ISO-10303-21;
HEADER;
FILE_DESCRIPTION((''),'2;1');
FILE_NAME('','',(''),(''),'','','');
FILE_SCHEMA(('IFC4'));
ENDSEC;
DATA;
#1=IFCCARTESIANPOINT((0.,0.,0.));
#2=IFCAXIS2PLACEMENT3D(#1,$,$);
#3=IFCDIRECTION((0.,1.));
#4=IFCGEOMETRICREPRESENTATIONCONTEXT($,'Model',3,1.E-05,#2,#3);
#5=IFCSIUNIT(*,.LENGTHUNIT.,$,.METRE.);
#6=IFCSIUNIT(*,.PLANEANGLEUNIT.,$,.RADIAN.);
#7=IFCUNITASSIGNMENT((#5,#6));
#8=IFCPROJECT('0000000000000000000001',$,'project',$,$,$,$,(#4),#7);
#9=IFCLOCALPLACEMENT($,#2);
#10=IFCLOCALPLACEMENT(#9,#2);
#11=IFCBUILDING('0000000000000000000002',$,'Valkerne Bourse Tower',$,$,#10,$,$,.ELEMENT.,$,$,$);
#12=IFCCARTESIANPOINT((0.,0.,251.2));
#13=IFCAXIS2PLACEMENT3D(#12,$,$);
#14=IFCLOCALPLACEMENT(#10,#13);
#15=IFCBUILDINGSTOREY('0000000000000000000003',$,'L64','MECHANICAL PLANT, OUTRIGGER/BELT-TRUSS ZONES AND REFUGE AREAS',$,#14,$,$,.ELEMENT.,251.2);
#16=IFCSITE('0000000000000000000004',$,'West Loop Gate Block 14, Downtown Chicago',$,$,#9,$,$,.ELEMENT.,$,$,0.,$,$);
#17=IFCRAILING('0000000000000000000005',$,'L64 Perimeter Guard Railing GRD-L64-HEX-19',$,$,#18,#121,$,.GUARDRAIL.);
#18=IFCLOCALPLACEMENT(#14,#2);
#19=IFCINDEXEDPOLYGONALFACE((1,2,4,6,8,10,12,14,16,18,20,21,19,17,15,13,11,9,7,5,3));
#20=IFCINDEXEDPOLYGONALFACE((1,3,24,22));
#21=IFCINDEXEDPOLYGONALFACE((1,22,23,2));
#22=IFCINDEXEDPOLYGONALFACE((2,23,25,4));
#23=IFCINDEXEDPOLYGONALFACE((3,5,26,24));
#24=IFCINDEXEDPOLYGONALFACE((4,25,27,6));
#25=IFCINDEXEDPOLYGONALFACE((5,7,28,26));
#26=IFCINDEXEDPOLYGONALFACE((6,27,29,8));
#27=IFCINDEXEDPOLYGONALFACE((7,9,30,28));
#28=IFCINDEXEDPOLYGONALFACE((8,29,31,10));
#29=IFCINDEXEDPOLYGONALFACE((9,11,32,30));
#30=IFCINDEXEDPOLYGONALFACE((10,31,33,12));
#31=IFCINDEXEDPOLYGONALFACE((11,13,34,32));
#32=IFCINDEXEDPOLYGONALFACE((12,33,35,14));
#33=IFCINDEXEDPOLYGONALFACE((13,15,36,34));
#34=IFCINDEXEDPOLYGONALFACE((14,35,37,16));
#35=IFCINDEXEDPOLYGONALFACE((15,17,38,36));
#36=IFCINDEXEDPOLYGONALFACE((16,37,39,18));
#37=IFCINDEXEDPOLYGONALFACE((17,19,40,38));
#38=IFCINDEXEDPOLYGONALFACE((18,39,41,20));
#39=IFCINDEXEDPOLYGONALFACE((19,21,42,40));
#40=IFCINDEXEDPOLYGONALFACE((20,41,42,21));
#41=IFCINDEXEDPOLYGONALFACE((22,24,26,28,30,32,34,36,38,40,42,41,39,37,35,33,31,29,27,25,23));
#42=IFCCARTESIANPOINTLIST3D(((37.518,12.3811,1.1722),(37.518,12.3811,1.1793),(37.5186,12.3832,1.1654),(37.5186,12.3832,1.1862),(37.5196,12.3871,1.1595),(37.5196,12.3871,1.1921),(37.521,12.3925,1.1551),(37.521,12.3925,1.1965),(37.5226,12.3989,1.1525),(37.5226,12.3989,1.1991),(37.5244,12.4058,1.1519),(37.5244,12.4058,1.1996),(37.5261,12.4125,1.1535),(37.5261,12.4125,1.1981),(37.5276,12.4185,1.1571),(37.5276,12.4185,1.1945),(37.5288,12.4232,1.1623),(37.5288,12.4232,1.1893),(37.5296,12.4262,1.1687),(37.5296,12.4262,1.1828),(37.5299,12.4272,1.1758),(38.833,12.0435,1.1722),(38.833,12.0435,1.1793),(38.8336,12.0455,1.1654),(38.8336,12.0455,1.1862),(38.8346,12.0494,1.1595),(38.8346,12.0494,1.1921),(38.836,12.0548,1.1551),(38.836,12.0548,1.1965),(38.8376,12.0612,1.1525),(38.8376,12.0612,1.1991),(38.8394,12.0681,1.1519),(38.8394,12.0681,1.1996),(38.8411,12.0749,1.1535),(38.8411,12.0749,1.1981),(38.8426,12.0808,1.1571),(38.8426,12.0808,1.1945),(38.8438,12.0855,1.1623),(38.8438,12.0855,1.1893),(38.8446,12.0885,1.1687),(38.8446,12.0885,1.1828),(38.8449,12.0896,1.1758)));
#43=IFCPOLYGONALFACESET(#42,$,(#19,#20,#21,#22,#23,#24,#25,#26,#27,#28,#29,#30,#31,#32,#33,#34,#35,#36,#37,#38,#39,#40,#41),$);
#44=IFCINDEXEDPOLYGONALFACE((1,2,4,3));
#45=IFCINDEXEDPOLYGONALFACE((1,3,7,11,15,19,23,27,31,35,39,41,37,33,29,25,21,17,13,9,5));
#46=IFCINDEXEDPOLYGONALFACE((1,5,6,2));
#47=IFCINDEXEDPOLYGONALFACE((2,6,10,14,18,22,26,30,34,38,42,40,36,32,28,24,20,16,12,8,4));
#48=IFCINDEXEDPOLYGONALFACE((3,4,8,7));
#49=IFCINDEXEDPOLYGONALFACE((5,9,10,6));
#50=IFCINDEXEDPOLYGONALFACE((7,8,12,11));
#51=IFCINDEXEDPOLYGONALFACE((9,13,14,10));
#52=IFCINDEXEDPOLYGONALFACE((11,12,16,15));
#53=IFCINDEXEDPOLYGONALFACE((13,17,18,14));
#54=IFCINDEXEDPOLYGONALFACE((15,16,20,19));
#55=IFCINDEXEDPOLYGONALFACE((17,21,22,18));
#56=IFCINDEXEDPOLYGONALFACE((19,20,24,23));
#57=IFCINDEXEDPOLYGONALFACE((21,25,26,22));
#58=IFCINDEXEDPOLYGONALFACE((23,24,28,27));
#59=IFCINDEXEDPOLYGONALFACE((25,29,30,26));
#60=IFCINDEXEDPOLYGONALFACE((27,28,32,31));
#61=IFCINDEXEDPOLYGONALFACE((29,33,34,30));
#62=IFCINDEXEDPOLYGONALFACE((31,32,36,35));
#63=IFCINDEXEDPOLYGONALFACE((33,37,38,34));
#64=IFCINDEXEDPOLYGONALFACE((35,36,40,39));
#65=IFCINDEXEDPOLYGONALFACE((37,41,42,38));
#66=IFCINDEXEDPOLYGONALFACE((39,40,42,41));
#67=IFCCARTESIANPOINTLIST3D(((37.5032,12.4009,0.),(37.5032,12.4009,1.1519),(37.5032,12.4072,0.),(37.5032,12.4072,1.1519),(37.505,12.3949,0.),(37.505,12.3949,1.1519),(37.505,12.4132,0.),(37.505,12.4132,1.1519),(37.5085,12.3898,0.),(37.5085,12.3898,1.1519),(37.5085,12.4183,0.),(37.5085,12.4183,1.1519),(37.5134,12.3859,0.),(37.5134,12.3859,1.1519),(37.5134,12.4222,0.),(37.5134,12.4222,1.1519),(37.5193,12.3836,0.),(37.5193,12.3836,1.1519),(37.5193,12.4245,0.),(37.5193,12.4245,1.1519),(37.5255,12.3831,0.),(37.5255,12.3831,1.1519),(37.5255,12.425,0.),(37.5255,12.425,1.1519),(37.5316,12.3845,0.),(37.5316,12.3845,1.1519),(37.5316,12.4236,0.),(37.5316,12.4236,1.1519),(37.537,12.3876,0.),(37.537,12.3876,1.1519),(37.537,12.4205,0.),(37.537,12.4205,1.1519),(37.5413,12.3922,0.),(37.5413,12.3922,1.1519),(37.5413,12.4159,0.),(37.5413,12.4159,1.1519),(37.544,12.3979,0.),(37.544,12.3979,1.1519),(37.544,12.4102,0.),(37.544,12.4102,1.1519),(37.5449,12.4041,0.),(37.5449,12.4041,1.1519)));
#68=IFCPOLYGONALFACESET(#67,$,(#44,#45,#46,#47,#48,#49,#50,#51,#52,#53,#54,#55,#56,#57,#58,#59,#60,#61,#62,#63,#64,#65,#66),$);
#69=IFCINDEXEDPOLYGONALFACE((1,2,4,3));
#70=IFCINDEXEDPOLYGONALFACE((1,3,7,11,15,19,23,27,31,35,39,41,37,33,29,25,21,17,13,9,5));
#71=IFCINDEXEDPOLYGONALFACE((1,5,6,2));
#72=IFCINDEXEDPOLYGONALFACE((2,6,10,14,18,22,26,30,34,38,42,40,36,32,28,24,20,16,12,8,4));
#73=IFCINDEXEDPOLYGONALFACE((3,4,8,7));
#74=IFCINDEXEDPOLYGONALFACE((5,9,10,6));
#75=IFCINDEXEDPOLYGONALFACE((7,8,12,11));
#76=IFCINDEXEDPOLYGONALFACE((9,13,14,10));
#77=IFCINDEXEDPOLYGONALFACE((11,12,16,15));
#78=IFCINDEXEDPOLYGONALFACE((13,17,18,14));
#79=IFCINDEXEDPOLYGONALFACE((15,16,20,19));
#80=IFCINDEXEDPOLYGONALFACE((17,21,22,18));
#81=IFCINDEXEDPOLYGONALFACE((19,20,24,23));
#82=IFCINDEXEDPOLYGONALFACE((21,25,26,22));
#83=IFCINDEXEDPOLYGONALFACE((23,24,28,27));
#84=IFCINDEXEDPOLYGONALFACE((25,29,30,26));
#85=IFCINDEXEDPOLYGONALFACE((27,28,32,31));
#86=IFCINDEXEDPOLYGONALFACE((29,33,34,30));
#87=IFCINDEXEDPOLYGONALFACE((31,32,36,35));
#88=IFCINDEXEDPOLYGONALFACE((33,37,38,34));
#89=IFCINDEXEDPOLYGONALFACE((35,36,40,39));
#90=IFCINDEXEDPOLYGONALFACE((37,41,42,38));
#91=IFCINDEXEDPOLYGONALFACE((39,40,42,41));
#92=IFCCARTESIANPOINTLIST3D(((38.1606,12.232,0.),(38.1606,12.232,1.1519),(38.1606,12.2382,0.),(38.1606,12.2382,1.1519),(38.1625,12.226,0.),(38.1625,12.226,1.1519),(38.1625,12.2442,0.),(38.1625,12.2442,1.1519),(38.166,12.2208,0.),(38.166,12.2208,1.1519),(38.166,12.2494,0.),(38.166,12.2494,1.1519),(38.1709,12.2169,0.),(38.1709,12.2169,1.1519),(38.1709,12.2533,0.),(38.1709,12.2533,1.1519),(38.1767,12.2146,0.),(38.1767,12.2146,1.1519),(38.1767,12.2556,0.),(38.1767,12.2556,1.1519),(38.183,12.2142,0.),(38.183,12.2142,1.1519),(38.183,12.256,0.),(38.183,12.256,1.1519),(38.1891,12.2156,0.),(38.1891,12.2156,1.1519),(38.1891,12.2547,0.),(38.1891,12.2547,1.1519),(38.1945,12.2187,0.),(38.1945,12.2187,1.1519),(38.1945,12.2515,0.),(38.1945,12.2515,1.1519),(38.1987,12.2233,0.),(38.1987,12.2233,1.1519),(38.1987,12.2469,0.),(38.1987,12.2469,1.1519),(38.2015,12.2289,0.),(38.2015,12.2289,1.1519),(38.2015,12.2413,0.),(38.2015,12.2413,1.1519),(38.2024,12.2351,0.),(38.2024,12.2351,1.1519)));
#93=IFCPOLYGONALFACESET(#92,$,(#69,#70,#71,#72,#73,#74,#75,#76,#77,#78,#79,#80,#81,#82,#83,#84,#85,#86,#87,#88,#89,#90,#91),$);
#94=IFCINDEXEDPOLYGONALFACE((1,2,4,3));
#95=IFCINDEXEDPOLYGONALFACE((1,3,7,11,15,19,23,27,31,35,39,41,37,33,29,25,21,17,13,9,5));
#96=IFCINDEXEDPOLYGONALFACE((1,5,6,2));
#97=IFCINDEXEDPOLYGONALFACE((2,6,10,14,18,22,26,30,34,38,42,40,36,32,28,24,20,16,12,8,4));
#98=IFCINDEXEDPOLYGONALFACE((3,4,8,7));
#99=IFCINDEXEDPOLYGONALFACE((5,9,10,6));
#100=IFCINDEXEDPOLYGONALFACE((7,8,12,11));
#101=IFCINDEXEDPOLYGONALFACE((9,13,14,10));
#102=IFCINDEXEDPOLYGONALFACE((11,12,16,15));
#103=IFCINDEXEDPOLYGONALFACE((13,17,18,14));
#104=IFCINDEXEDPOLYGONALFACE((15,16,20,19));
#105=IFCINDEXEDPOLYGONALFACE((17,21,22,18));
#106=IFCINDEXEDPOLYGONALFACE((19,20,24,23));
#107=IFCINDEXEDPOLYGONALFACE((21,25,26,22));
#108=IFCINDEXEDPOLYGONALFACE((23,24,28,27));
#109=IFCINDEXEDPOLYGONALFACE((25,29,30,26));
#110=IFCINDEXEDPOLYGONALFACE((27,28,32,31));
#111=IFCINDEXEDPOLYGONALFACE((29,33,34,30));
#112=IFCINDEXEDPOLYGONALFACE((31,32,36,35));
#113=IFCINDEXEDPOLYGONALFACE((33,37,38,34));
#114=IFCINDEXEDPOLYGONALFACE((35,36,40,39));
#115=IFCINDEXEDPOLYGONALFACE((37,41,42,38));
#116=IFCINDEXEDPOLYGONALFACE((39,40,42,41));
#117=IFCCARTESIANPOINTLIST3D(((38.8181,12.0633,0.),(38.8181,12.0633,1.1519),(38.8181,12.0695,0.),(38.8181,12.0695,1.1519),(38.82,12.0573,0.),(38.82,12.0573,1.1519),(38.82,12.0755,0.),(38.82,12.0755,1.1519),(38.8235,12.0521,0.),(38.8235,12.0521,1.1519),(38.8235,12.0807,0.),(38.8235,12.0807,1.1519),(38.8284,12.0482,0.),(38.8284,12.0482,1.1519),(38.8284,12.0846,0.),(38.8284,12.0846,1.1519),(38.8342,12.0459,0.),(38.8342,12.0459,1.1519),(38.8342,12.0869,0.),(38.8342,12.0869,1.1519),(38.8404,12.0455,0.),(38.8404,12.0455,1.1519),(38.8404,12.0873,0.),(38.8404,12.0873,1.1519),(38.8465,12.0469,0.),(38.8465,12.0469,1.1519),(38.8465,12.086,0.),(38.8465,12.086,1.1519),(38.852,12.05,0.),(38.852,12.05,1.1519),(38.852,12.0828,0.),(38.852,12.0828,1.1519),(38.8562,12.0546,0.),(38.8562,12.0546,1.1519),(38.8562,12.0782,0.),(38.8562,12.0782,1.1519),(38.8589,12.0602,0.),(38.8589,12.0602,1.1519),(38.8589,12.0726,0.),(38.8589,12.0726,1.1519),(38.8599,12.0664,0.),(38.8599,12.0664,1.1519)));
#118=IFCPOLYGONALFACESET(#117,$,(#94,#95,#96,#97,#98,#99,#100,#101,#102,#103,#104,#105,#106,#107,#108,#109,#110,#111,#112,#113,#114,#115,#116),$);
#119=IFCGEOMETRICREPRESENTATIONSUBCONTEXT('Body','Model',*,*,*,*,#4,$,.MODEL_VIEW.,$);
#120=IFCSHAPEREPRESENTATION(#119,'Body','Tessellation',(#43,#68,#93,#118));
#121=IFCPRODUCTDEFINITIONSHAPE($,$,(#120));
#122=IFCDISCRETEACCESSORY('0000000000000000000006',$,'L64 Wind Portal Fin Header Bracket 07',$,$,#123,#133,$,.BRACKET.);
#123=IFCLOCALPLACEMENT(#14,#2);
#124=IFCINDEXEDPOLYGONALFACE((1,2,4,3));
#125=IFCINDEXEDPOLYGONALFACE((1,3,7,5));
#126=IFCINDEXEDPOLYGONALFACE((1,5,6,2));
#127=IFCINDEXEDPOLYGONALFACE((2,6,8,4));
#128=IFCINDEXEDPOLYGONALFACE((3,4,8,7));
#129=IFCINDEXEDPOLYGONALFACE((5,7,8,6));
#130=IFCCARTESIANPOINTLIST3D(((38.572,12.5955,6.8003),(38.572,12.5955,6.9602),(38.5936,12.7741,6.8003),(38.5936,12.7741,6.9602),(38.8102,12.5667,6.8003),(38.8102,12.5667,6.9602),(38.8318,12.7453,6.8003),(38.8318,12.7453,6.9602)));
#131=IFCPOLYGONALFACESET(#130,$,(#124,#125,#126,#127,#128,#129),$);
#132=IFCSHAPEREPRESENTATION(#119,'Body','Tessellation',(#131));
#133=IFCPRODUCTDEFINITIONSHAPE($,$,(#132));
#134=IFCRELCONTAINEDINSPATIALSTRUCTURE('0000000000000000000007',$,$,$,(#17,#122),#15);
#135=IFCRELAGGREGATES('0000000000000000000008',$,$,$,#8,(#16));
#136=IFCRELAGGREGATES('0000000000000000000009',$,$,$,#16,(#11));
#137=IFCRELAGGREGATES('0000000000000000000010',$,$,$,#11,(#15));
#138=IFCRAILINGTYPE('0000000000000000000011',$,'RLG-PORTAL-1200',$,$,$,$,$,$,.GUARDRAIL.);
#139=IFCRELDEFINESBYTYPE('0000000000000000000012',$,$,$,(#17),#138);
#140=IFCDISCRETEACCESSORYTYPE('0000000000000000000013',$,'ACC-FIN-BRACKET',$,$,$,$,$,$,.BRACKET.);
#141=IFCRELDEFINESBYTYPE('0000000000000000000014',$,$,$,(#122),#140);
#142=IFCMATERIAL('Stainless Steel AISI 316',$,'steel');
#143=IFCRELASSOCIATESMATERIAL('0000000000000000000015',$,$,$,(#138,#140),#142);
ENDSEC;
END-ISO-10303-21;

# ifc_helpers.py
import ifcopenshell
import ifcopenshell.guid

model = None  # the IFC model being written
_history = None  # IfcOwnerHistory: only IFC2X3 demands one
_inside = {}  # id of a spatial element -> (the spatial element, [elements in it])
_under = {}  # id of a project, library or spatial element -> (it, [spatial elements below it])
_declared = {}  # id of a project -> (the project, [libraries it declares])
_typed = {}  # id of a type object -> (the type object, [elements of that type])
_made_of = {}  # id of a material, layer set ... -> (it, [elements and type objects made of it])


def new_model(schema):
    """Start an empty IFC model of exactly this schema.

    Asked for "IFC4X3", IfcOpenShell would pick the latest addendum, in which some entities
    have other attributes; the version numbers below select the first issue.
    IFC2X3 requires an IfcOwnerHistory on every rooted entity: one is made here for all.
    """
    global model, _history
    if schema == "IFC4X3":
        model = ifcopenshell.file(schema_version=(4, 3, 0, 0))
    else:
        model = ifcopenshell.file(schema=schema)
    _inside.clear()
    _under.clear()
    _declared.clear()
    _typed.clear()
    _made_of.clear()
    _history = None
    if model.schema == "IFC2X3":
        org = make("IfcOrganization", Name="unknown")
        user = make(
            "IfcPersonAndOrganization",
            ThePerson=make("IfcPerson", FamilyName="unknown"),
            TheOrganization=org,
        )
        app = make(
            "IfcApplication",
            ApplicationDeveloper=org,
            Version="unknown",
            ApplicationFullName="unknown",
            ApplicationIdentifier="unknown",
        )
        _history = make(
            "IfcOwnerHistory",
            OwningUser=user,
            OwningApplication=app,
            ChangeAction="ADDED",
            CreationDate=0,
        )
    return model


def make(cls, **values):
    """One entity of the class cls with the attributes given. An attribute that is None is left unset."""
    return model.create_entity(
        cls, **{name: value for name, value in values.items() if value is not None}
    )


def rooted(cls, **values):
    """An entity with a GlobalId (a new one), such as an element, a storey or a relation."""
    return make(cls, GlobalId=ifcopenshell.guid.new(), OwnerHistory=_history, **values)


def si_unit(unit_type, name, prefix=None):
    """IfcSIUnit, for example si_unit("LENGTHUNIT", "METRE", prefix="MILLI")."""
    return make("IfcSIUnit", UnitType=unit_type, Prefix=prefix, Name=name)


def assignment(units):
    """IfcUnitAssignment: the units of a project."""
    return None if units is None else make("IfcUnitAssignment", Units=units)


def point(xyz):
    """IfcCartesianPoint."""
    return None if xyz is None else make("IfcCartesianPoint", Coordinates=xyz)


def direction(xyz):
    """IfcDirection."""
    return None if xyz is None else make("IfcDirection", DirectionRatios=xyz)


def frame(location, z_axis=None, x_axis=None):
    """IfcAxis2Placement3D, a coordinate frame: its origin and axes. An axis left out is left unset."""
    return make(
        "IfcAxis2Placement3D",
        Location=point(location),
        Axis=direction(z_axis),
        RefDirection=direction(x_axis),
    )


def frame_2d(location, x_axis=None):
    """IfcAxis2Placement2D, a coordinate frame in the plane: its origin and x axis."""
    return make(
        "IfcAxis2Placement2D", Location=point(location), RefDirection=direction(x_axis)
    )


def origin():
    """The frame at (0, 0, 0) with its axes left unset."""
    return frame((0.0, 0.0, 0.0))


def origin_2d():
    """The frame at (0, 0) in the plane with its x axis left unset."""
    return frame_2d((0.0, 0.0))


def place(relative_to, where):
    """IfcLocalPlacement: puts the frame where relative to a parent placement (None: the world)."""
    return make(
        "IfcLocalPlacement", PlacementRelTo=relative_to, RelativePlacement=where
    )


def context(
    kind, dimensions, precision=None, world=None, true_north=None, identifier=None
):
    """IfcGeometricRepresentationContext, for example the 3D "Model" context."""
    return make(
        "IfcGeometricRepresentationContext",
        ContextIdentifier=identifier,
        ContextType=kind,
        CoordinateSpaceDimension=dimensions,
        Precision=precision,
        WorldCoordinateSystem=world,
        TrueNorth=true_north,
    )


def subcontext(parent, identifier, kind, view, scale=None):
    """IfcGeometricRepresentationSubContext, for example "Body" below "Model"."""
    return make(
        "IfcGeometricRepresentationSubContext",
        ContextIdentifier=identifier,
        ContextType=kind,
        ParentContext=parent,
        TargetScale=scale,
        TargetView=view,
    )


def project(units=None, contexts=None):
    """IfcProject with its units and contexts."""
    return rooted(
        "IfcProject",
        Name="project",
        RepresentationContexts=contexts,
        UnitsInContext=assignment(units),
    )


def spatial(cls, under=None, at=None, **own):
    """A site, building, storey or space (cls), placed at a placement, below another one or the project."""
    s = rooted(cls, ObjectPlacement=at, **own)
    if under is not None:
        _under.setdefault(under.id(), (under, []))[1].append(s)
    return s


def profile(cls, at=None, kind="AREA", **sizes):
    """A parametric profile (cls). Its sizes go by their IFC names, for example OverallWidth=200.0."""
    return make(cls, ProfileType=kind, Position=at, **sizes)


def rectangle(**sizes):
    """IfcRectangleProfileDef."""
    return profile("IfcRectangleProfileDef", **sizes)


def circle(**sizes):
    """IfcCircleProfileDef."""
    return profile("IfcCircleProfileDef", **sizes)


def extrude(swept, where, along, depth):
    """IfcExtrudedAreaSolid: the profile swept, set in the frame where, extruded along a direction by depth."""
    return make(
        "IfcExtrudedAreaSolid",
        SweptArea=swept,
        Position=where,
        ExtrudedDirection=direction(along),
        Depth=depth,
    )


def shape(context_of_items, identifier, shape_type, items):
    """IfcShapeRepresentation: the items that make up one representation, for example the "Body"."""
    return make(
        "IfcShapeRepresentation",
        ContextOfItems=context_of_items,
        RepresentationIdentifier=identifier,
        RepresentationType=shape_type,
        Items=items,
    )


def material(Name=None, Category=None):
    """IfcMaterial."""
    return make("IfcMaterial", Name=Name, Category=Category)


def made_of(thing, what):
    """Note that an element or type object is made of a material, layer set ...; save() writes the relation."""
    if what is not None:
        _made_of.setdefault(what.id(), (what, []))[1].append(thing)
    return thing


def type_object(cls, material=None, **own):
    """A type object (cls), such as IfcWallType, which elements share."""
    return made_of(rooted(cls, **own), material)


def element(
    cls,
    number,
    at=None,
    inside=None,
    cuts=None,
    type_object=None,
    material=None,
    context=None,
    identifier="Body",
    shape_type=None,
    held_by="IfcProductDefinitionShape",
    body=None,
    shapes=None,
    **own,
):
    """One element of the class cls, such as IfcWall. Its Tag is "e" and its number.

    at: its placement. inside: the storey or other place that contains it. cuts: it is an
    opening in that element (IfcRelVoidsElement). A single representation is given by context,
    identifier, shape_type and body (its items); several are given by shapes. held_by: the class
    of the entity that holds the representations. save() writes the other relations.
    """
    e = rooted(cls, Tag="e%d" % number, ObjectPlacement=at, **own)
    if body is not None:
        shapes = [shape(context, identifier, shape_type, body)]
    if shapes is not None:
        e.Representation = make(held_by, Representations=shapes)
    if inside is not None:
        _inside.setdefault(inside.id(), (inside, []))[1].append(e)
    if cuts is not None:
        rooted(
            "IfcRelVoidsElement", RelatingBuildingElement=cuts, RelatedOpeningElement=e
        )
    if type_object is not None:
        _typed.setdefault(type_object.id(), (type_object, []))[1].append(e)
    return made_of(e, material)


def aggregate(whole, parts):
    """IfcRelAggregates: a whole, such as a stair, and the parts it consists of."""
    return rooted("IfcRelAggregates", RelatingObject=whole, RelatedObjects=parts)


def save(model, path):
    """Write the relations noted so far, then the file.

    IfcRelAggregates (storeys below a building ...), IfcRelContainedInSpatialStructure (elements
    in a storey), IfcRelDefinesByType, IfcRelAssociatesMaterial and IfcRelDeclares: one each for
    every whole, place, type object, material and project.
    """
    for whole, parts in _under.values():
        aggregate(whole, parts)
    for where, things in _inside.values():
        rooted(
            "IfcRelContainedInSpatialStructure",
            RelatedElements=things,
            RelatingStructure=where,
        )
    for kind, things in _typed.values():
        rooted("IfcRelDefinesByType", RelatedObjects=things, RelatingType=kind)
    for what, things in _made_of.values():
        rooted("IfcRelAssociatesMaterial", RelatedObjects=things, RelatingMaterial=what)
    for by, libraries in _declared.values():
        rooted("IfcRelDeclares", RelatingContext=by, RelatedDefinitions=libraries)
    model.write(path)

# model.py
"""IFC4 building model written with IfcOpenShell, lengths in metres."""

from ifc_helpers import new_model, si_unit, direction, frame, origin, origin_2d, place, context, subcontext, project, spatial, rectangle, circle, extrude, material, type_object, element, save


model = new_model("IFC4")

# Units and contexts
model_context = context("Model", 3, precision=1e-05, world=origin(), true_north=direction((0.0, 1.0)))
body_context = subcontext(model_context, "Body", "Model", "MODEL_VIEW")
ifc_project = project(units=[si_unit("LENGTHUNIT", "METRE"), si_unit("PLANEANGLEUNIT", "RADIAN")], contexts=[model_context])

# Site, building, storey
site_placement = place(None, origin())
site = spatial("IfcSite", under=ifc_project, at=site_placement, Name="West Loop Gate Block 14, Downtown Chicago", CompositionType="ELEMENT", RefElevation=0.0)
building_placement = place(site_placement, origin())
building = spatial("IfcBuilding", under=site, at=building_placement, Name="Valkerne Bourse Tower", CompositionType="ELEMENT")
storey_placement = place(building_placement, frame((0.0, 0.0, 251.2)))
storey = spatial("IfcBuildingStorey", under=building, at=storey_placement, Name="L64", Description="MECHANICAL PLANT, OUTRIGGER/BELT-TRUSS ZONES AND REFUGE AREAS", CompositionType="ELEMENT", Elevation=251.2)

# Railing
ifc_material_1 = material(Name="Stainless Steel AISI 316", Category="steel")
railing_type = type_object("IfcRailingType", Name="RLG-PORTAL-1200", PredefinedType="GUARDRAIL", material=ifc_material_1)
railing_1_placement = place(storey_placement, frame((37.5239, 12.4041, 0.0)))
element("IfcRailing", 1, at=railing_1_placement, inside=storey, type_object=railing_type, Name="L64 Perimeter Guard Railing GRD-L64-HEX-19", PredefinedType="GUARDRAIL", context=body_context, shape_type="SweptSolid", body=[
    extrude(circle(Radius=0.0239, at=origin_2d()), frame((0.0, 0.0, 1.1758), z_axis=(0.968578, -0.248708, 0.0), x_axis=(0.248708, 0.968578, 0.0)), (0.0, 0.0, 1.0), 1.3577),
    extrude(circle(Radius=0.021, at=origin_2d()), origin(), (0.0, 0.0, 1.0), 1.1519),
    extrude(circle(Radius=0.021, at=origin_2d()), frame((0.6575, -0.1689, 0.0)), (0.0, 0.0, 1.0), 1.1519),
    extrude(circle(Radius=0.021, at=origin_2d()), frame((1.3149, -0.3376, 0.0)), (0.0, 0.0, 1.0), 1.1519),
])

# Discrete accessory
discrete_accessory_type = type_object("IfcDiscreteAccessoryType", Name="ACC-FIN-BRACKET", PredefinedType="BRACKET", material=ifc_material_1)
discrete_accessory_placement = place(storey_placement, frame((38.7019, 12.6704, 6.8003), z_axis=(0.0, 0.0, 1.0), x_axis=(0.992757, -0.120137, 0.0)))
element("IfcDiscreteAccessory", 2, at=discrete_accessory_placement, inside=storey, type_object=discrete_accessory_type, Name="L64 Wind Portal Fin Header Bracket 07", PredefinedType="BRACKET", context=body_context, shape_type="SweptSolid", body=[
    extrude(rectangle(XDim=0.24, YDim=0.1799, at=origin_2d()), origin(), (0.0, 0.0, 1.0), 0.1599),
])

save(model, "model.ifc")
